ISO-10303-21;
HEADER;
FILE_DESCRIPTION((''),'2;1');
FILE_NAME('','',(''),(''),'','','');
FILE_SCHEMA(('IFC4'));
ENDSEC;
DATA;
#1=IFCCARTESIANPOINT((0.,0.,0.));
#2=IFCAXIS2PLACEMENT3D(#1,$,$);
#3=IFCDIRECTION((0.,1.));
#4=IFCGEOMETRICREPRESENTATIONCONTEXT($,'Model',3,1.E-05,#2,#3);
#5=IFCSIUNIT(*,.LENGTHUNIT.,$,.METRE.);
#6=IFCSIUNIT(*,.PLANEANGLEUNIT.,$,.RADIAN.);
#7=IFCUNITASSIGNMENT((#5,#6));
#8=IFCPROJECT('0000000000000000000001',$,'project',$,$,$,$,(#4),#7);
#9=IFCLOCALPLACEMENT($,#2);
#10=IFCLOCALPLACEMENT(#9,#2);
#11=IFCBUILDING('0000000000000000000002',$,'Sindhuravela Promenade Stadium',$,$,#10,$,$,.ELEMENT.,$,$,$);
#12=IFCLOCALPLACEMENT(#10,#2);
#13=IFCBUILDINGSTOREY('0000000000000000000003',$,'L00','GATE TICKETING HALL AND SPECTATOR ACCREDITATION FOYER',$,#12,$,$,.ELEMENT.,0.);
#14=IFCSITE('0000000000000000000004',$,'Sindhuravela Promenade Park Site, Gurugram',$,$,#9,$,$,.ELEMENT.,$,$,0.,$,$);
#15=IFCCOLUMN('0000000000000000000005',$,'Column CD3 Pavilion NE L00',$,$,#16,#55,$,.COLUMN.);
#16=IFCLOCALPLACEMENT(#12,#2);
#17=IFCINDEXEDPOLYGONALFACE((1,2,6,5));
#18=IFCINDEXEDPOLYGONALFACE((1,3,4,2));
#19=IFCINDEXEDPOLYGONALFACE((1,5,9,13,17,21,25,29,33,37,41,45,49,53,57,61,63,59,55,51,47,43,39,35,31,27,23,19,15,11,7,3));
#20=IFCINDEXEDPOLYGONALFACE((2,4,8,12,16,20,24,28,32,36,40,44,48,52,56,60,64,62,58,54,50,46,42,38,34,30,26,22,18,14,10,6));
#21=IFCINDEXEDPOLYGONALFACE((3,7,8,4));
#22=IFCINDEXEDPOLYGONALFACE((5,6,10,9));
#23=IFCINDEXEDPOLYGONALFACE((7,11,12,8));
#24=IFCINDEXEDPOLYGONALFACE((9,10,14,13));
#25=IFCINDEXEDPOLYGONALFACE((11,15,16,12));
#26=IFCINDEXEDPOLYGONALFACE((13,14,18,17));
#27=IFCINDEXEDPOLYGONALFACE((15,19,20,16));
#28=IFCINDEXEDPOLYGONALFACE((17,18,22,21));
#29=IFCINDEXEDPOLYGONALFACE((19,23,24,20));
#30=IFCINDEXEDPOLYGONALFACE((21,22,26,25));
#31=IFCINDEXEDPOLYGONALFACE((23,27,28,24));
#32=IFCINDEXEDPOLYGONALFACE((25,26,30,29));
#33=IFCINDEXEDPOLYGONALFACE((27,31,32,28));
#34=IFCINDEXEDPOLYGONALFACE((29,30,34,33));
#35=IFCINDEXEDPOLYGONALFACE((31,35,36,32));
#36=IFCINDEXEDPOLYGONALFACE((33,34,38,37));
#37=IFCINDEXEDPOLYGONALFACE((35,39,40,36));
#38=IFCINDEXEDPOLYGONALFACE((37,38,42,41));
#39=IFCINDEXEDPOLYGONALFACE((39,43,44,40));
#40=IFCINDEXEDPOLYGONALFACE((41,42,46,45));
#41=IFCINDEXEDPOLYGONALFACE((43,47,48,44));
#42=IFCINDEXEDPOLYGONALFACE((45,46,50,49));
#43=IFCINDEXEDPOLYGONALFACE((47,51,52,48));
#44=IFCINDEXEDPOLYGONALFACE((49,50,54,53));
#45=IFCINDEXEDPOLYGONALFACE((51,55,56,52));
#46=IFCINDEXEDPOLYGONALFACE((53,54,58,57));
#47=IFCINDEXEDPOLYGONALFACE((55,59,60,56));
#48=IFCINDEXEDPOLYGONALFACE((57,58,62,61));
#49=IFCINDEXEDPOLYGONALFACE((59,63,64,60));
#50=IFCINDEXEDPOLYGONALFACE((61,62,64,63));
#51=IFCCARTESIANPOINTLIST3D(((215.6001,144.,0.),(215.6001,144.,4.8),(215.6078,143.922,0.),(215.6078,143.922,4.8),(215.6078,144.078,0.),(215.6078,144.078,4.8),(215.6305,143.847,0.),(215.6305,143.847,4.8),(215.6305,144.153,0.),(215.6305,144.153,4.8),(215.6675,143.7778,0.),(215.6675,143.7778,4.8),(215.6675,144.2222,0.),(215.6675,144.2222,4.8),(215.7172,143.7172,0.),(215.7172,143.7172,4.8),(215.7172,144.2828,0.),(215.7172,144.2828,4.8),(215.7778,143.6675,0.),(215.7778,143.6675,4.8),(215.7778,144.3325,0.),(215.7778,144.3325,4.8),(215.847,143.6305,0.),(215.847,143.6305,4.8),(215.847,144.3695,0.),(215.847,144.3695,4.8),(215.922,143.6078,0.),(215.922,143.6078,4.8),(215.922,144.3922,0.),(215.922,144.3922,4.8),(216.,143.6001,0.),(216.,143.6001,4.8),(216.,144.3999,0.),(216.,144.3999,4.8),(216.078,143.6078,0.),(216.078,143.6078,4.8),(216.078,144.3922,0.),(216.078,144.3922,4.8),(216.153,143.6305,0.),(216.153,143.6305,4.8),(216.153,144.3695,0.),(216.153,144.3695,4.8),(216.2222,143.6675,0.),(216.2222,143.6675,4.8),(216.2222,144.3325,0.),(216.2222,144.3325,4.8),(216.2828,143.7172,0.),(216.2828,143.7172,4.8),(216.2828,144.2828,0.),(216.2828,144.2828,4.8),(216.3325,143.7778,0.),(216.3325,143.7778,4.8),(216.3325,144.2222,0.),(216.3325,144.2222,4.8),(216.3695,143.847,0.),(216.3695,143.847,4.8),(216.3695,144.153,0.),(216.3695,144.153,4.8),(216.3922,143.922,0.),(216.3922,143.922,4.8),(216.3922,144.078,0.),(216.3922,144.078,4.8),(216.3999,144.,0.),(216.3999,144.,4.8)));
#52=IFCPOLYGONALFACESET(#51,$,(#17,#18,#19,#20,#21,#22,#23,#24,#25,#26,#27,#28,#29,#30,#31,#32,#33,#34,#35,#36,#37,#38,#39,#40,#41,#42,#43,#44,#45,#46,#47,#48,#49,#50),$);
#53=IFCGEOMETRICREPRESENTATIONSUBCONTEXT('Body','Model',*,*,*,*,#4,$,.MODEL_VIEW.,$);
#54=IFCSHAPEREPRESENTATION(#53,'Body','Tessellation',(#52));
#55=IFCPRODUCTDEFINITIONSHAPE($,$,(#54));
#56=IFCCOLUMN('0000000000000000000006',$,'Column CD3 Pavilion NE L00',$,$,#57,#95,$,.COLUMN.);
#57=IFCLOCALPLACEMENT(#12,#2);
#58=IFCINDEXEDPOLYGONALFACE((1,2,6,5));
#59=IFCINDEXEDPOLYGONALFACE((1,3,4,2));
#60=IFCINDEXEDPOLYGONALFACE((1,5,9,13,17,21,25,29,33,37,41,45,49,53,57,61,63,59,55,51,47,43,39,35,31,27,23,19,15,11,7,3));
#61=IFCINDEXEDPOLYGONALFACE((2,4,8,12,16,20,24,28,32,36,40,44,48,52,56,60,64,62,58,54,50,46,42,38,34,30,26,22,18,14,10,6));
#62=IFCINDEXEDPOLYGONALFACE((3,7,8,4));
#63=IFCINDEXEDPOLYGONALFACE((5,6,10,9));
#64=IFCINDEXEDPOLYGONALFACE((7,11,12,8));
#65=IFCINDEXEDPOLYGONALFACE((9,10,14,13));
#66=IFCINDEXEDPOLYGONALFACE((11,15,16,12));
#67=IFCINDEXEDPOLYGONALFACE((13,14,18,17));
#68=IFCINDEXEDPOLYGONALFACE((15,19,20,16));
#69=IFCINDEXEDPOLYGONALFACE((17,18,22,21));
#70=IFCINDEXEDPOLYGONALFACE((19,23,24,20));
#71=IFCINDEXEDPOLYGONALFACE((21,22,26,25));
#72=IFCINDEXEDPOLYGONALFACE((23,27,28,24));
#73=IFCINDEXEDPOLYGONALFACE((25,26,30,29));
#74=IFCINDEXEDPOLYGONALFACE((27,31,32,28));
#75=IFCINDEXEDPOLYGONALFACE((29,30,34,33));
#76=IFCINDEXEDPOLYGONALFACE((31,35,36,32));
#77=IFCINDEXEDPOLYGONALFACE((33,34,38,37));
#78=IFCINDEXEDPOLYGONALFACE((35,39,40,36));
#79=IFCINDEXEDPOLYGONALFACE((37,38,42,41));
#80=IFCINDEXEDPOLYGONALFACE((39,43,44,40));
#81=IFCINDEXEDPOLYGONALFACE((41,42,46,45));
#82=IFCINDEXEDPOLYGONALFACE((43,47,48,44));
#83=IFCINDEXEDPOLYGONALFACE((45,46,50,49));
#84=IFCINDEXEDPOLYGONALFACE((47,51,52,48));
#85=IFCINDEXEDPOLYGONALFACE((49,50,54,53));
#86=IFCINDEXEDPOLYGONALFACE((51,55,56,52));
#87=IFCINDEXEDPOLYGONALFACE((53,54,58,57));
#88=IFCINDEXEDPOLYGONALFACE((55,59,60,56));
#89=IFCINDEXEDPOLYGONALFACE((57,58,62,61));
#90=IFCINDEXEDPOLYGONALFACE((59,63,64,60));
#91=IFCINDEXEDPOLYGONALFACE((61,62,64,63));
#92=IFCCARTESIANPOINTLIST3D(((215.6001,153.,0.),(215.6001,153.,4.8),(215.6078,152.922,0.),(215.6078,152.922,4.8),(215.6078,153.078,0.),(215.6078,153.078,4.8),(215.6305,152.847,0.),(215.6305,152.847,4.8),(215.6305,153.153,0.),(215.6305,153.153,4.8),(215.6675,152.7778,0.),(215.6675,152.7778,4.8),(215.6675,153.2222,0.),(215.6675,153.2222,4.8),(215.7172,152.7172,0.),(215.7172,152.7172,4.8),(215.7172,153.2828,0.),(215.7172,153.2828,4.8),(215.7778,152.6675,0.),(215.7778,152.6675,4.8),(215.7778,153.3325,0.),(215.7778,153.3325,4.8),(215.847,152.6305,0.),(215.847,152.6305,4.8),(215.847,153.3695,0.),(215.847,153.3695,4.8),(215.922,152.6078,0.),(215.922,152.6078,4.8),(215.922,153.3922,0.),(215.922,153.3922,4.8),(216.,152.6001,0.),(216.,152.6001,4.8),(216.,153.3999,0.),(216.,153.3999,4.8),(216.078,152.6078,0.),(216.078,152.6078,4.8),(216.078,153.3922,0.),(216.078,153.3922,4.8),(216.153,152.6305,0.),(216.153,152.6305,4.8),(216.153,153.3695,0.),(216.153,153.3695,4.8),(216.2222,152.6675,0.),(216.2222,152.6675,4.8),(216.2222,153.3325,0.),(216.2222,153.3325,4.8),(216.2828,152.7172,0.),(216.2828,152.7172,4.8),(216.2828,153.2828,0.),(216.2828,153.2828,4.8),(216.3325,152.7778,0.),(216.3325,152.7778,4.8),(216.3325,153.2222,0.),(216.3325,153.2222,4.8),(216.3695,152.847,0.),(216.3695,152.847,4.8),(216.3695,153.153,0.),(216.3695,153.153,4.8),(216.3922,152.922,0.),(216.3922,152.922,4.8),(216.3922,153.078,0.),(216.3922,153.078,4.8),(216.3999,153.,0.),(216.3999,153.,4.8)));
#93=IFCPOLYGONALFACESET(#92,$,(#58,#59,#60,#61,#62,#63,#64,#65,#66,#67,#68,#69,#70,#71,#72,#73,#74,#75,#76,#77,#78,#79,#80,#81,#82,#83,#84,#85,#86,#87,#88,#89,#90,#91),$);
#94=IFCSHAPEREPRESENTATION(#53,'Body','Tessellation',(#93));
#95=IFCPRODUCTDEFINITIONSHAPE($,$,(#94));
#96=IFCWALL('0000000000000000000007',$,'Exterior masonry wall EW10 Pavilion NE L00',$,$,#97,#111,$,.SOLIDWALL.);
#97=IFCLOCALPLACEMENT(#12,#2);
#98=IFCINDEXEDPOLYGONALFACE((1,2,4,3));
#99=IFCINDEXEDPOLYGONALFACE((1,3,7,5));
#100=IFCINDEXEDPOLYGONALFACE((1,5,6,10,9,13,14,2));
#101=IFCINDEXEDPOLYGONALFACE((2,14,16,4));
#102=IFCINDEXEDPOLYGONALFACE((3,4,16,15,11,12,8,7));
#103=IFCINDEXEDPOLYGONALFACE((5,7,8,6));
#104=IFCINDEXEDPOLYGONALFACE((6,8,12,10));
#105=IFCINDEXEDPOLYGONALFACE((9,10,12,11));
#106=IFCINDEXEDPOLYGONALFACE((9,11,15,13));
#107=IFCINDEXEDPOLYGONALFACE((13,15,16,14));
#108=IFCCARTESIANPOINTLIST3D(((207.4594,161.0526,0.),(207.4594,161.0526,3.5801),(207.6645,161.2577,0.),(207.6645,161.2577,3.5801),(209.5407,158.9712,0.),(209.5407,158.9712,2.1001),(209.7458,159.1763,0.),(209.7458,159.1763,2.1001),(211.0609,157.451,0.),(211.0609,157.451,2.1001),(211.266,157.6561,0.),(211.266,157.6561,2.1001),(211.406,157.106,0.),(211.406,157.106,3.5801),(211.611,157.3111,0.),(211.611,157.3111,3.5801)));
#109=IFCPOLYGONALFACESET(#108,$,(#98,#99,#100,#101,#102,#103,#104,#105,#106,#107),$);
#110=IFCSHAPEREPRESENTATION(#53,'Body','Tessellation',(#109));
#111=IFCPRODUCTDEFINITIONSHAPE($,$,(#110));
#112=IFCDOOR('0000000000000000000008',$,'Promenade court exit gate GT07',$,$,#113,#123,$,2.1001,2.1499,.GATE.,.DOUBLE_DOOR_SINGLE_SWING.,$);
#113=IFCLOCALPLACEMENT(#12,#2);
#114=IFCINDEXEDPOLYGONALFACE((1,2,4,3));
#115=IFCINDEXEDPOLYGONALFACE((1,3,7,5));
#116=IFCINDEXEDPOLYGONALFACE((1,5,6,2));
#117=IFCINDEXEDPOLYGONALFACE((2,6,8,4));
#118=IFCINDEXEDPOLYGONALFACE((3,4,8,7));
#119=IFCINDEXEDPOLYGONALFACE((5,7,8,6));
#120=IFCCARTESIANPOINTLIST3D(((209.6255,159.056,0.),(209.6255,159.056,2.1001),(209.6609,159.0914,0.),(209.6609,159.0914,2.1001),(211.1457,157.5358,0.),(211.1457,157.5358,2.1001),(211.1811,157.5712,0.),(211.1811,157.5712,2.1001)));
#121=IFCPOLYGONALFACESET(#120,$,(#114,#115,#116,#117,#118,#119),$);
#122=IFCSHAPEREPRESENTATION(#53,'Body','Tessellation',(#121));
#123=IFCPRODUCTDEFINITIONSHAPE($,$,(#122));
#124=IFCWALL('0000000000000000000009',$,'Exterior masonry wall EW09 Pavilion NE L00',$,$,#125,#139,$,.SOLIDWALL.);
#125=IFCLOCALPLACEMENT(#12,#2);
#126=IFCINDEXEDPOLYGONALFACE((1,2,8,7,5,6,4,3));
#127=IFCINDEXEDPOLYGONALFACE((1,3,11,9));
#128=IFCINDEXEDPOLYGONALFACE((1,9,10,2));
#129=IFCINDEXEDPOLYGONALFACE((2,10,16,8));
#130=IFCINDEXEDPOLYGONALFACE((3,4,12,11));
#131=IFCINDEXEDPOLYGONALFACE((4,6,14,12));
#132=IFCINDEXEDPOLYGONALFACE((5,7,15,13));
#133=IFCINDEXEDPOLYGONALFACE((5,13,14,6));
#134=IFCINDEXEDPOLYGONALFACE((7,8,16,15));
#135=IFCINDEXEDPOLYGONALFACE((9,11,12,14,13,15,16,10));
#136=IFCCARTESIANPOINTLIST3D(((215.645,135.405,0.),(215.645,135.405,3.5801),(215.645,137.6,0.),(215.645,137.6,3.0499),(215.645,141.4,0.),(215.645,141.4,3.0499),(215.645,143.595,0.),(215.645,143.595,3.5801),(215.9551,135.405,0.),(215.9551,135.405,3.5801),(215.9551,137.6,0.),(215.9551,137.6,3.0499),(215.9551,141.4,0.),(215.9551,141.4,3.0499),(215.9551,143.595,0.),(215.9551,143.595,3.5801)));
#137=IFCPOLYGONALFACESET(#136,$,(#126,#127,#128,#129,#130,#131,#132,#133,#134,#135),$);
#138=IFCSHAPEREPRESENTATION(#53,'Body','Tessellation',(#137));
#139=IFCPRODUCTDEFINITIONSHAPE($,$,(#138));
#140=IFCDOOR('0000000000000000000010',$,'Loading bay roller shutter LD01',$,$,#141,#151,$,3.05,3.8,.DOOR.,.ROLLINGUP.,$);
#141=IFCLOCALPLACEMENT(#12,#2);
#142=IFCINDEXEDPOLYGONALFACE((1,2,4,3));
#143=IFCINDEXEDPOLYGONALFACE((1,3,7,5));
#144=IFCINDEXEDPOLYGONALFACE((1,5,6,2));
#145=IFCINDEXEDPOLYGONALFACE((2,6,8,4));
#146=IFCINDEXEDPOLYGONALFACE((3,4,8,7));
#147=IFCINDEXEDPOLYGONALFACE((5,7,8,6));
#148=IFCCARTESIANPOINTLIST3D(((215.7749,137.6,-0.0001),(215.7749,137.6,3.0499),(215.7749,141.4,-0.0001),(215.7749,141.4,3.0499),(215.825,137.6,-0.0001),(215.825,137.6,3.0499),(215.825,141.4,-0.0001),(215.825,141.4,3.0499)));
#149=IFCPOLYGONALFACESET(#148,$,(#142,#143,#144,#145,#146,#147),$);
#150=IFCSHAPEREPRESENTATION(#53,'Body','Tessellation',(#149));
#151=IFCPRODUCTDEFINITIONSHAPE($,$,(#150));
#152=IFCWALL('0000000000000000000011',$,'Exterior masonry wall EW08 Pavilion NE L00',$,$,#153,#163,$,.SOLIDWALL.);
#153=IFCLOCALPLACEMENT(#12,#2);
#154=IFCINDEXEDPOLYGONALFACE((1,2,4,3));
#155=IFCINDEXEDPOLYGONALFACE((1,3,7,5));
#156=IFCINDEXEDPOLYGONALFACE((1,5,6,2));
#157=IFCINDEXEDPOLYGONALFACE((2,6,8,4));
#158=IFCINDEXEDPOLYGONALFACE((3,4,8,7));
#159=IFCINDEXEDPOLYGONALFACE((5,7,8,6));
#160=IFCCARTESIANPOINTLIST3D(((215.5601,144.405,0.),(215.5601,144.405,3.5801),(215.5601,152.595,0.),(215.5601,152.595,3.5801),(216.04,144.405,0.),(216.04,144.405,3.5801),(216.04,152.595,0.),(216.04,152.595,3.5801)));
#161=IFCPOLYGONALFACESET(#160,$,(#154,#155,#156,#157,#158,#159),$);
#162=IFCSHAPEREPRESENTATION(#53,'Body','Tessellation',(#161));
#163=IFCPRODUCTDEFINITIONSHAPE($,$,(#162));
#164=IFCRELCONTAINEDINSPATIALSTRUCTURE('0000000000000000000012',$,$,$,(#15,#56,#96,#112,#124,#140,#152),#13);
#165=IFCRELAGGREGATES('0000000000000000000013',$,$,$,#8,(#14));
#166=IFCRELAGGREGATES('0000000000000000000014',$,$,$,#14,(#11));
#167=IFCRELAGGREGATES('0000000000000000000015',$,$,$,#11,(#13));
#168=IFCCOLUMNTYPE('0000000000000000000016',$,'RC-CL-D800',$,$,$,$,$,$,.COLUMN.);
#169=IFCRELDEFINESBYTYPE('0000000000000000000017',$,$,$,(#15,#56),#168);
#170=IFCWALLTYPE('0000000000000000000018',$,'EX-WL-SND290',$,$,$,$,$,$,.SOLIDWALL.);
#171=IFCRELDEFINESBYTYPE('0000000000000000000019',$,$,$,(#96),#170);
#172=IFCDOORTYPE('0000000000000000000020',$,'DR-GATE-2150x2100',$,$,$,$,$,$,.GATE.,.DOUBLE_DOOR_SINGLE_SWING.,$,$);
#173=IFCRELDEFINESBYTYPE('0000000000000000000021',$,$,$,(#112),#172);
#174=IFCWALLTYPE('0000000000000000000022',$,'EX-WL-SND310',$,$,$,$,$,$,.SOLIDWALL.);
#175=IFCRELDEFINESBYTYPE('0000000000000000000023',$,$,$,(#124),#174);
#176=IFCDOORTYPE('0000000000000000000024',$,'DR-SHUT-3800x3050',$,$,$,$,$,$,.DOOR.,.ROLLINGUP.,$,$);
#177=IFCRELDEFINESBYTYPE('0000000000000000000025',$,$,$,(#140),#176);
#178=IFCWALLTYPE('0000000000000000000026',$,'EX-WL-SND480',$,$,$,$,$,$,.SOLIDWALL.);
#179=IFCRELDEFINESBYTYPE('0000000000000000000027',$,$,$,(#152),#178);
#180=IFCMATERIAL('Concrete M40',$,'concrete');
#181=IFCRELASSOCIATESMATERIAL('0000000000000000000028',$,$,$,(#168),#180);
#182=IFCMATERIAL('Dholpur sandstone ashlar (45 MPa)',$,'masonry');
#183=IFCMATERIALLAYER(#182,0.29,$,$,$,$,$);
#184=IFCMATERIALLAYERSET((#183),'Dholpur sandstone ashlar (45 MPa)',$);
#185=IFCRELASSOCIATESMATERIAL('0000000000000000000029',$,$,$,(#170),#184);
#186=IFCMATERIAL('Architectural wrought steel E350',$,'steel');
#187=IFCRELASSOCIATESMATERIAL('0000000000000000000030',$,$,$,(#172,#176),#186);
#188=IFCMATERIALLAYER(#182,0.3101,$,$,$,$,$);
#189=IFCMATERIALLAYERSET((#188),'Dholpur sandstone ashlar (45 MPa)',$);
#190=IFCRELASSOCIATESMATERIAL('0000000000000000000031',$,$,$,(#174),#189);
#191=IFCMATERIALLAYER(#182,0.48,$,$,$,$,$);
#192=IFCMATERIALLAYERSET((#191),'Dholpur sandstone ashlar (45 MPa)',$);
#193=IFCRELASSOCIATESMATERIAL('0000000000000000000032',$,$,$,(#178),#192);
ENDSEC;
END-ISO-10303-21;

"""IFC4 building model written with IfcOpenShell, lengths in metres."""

from ifc_helpers import new_model, si_unit, direction, frame, frame_2d, origin, origin_2d, place, context, subcontext, project, spatial, rectangle, circle, extrude, material, layer, layer_set, material_profile, profile_set, type_object, element, fill, save


model = new_model("IFC4")

# Units and contexts
model_context = context("Model", 3, precision=1e-05, world=origin(), true_north=direction((0.0, 1.0)))
body_context = subcontext(model_context, "Body", "Model", "MODEL_VIEW")
ifc_project = project(units=[si_unit("LENGTHUNIT", "METRE"), si_unit("PLANEANGLEUNIT", "RADIAN")], contexts=[model_context])

# Site, building, storey
site_placement = place(None, origin())
site = spatial("IfcSite", under=ifc_project, at=site_placement, Name="Sindhuravela Promenade Park Site, Gurugram", CompositionType="ELEMENT", RefElevation=0.0)
building_placement = place(site_placement, origin())
building = spatial("IfcBuilding", under=site, at=building_placement, Name="Sindhuravela Promenade Stadium", CompositionType="ELEMENT")
storey_placement = place(building_placement, origin())
storey = spatial("IfcBuildingStorey", under=building, at=storey_placement, Name="L00", Description="GATE TICKETING HALL AND SPECTATOR ACCREDITATION FOYER", CompositionType="ELEMENT", Elevation=0.0)

# Shared definitions
ifc_material_1 = material(Name="Concrete M40", Category="concrete")

# Columns
ifc_material_profile_1 = material_profile(ifc_material_1, circle(Radius=0.3999, at=origin_2d()), Name="RC D800")
ifc_profile_set_1 = profile_set([ifc_material_profile_1], Name="Concrete M40")
column_type_1 = type_object("IfcColumnType", Name="RC-CL-D800", PredefinedType="COLUMN", material=ifc_profile_set_1)
for number, where, z_axis, x_axis, name in (
    (1, (216.0, 144.0, 0.0), (0.0, 0.0, 1.0), (1.0, 0.0, 0.0), "Column CD3 Pavilion NE L00"),
    (2, (216.0, 153.0, 0.0), (0.0, 0.0, 1.0), (1.0, 0.0, 0.0), "Column CD3 Pavilion NE L00"),
):
    element("IfcColumn", number, at=place(storey_placement, frame(where, z_axis=z_axis, x_axis=x_axis)), inside=storey, type_object=column_type_1, Name=name, PredefinedType="COLUMN", context=body_context, shape_type="SweptSolid", body=[
        extrude(circle(Radius=0.3999, at=origin_2d()), origin(), (0.0, 0.0, 1.0), 4.8),
    ])

# Walls, openings, doors
ifc_material_2 = material(Name="Dholpur sandstone ashlar (45 MPa)", Category="masonry")
ifc_layer_1 = layer(ifc_material_2, 0.29)
ifc_layer_set_1 = layer_set([ifc_layer_1], Name="Dholpur sandstone ashlar (45 MPa)")
wall_type_1 = type_object("IfcWallType", Name="EX-WL-SND290", PredefinedType="SOLIDWALL", material=ifc_layer_set_1)
wall_1_placement = place(storey_placement, frame((207.562, 161.155, 0.0), z_axis=(0.0, 0.0, 1.0), x_axis=(0.707107, -0.707107, 0.0)))
wall_1 = element("IfcWall", 3, at=wall_1_placement, inside=storey, type_object=wall_type_1, Name="Exterior masonry wall EW10 Pavilion NE L00", PredefinedType="SOLIDWALL", context=body_context, shape_type="SweptSolid", body=[
    extrude(rectangle(XDim=5.5813, YDim=0.29, at=frame_2d((2.7905, 0.0))), origin(), (0.0, 0.0, 1.0), 3.5801),
])
opening_1_placement = place(wall_1_placement, frame((2.9434, 0.0, 0.0)))
opening_1 = element("IfcOpeningElement", 4, at=opening_1_placement, cuts=wall_1, PredefinedType="OPENING", context=body_context, shape_type="SweptSolid", body=[
    extrude(rectangle(XDim=2.1499, YDim=2.1001, at=frame_2d((1.075, 1.05))), frame((0.0, 0.155, 0.0), z_axis=(0.0, -1.0, 0.0), x_axis=(1.0, 0.0, 0.0)), (0.0, 0.0, 1.0), 0.3101),
])
ifc_material_3 = material(Name="Architectural wrought steel E350", Category="steel")
door_type_1 = type_object("IfcDoorType", Name="DR-GATE-2150x2100", OperationType="DOUBLE_DOOR_SINGLE_SWING", PredefinedType="GATE", material=ifc_material_3)
door_1_placement = place(opening_1_placement, origin())
door_1 = element("IfcDoor", 5, at=door_1_placement, inside=storey, type_object=door_type_1, Name="Promenade court exit gate GT07", OperationType="DOUBLE_DOOR_SINGLE_SWING", OverallHeight=2.1001, OverallWidth=2.1499, PredefinedType="GATE", context=body_context, shape_type="SweptSolid", body=[
    extrude(rectangle(XDim=2.1499, YDim=2.1001, at=frame_2d((1.075, 1.05))), frame((0.0, 0.0249, 0.0), z_axis=(0.0, -1.0, 0.0), x_axis=(1.0, 0.0, 0.0)), (0.0, 0.0, 1.0), 0.05),
])
fill(opening_1, door_1)
ifc_layer_2 = layer(ifc_material_2, 0.3101)
ifc_layer_set_2 = layer_set([ifc_layer_2], Name="Dholpur sandstone ashlar (45 MPa)")
wall_type_2 = type_object("IfcWallType", Name="EX-WL-SND310", PredefinedType="SOLIDWALL", material=ifc_layer_set_2)
wall_2_placement = place(storey_placement, frame((215.8, 143.595, 0.0), z_axis=(0.0, 0.0, 1.0), x_axis=(0.0, -1.0, 0.0)))
wall_2 = element("IfcWall", 6, at=wall_2_placement, inside=storey, type_object=wall_type_2, Name="Exterior masonry wall EW09 Pavilion NE L00", PredefinedType="SOLIDWALL", context=body_context, shape_type="SweptSolid", body=[
    extrude(rectangle(XDim=8.1899, YDim=0.3101, at=frame_2d((4.095, 0.0))), origin(), (0.0, 0.0, 1.0), 3.5801),
])
opening_2_placement = place(wall_2_placement, frame((2.1951, 0.0, 0.0)))
opening_2 = element("IfcOpeningElement", 7, at=opening_2_placement, cuts=wall_2, PredefinedType="OPENING", context=body_context, shape_type="SweptSolid", body=[
    extrude(rectangle(XDim=3.8, YDim=3.05, at=frame_2d((1.8999, 1.5249))), frame((0.0, 0.165, 0.0), z_axis=(0.0, -1.0, 0.0), x_axis=(1.0, 0.0, 0.0)), (0.0, 0.0, 1.0), 0.3301),
])
door_type_2 = type_object("IfcDoorType", Name="DR-SHUT-3800x3050", OperationType="ROLLINGUP", PredefinedType="DOOR", material=ifc_material_3)
door_2_placement = place(opening_2_placement, origin())
door_2 = element("IfcDoor", 8, at=door_2_placement, inside=storey, type_object=door_type_2, Name="Loading bay roller shutter LD01", OperationType="ROLLINGUP", OverallHeight=3.05, OverallWidth=3.8, PredefinedType="DOOR", context=body_context, shape_type="SweptSolid", body=[
    extrude(rectangle(XDim=3.8, YDim=3.05, at=frame_2d((1.8999, 1.5249))), frame((0.0, 0.0249, 0.0), z_axis=(0.0, -1.0, 0.0), x_axis=(1.0, 0.0, 0.0)), (0.0, 0.0, 1.0), 0.05),
])
fill(opening_2, door_2)

# Wall
ifc_layer_3 = layer(ifc_material_2, 0.48)
ifc_layer_set_3 = layer_set([ifc_layer_3], Name="Dholpur sandstone ashlar (45 MPa)")
wall_type_3 = type_object("IfcWallType", Name="EX-WL-SND480", PredefinedType="SOLIDWALL", material=ifc_layer_set_3)
wall_3_placement = place(storey_placement, frame((215.8, 152.595, 0.0), z_axis=(0.0, 0.0, 1.0), x_axis=(0.0, -1.0, 0.0)))
element("IfcWall", 9, at=wall_3_placement, inside=storey, type_object=wall_type_3, Name="Exterior masonry wall EW08 Pavilion NE L00", PredefinedType="SOLIDWALL", context=body_context, shape_type="SweptSolid", body=[
    extrude(rectangle(XDim=8.1899, YDim=0.48, at=frame_2d((4.095, 0.0))), origin(), (0.0, 0.0, 1.0), 3.5801),
])

save(model, "model.ifc")
